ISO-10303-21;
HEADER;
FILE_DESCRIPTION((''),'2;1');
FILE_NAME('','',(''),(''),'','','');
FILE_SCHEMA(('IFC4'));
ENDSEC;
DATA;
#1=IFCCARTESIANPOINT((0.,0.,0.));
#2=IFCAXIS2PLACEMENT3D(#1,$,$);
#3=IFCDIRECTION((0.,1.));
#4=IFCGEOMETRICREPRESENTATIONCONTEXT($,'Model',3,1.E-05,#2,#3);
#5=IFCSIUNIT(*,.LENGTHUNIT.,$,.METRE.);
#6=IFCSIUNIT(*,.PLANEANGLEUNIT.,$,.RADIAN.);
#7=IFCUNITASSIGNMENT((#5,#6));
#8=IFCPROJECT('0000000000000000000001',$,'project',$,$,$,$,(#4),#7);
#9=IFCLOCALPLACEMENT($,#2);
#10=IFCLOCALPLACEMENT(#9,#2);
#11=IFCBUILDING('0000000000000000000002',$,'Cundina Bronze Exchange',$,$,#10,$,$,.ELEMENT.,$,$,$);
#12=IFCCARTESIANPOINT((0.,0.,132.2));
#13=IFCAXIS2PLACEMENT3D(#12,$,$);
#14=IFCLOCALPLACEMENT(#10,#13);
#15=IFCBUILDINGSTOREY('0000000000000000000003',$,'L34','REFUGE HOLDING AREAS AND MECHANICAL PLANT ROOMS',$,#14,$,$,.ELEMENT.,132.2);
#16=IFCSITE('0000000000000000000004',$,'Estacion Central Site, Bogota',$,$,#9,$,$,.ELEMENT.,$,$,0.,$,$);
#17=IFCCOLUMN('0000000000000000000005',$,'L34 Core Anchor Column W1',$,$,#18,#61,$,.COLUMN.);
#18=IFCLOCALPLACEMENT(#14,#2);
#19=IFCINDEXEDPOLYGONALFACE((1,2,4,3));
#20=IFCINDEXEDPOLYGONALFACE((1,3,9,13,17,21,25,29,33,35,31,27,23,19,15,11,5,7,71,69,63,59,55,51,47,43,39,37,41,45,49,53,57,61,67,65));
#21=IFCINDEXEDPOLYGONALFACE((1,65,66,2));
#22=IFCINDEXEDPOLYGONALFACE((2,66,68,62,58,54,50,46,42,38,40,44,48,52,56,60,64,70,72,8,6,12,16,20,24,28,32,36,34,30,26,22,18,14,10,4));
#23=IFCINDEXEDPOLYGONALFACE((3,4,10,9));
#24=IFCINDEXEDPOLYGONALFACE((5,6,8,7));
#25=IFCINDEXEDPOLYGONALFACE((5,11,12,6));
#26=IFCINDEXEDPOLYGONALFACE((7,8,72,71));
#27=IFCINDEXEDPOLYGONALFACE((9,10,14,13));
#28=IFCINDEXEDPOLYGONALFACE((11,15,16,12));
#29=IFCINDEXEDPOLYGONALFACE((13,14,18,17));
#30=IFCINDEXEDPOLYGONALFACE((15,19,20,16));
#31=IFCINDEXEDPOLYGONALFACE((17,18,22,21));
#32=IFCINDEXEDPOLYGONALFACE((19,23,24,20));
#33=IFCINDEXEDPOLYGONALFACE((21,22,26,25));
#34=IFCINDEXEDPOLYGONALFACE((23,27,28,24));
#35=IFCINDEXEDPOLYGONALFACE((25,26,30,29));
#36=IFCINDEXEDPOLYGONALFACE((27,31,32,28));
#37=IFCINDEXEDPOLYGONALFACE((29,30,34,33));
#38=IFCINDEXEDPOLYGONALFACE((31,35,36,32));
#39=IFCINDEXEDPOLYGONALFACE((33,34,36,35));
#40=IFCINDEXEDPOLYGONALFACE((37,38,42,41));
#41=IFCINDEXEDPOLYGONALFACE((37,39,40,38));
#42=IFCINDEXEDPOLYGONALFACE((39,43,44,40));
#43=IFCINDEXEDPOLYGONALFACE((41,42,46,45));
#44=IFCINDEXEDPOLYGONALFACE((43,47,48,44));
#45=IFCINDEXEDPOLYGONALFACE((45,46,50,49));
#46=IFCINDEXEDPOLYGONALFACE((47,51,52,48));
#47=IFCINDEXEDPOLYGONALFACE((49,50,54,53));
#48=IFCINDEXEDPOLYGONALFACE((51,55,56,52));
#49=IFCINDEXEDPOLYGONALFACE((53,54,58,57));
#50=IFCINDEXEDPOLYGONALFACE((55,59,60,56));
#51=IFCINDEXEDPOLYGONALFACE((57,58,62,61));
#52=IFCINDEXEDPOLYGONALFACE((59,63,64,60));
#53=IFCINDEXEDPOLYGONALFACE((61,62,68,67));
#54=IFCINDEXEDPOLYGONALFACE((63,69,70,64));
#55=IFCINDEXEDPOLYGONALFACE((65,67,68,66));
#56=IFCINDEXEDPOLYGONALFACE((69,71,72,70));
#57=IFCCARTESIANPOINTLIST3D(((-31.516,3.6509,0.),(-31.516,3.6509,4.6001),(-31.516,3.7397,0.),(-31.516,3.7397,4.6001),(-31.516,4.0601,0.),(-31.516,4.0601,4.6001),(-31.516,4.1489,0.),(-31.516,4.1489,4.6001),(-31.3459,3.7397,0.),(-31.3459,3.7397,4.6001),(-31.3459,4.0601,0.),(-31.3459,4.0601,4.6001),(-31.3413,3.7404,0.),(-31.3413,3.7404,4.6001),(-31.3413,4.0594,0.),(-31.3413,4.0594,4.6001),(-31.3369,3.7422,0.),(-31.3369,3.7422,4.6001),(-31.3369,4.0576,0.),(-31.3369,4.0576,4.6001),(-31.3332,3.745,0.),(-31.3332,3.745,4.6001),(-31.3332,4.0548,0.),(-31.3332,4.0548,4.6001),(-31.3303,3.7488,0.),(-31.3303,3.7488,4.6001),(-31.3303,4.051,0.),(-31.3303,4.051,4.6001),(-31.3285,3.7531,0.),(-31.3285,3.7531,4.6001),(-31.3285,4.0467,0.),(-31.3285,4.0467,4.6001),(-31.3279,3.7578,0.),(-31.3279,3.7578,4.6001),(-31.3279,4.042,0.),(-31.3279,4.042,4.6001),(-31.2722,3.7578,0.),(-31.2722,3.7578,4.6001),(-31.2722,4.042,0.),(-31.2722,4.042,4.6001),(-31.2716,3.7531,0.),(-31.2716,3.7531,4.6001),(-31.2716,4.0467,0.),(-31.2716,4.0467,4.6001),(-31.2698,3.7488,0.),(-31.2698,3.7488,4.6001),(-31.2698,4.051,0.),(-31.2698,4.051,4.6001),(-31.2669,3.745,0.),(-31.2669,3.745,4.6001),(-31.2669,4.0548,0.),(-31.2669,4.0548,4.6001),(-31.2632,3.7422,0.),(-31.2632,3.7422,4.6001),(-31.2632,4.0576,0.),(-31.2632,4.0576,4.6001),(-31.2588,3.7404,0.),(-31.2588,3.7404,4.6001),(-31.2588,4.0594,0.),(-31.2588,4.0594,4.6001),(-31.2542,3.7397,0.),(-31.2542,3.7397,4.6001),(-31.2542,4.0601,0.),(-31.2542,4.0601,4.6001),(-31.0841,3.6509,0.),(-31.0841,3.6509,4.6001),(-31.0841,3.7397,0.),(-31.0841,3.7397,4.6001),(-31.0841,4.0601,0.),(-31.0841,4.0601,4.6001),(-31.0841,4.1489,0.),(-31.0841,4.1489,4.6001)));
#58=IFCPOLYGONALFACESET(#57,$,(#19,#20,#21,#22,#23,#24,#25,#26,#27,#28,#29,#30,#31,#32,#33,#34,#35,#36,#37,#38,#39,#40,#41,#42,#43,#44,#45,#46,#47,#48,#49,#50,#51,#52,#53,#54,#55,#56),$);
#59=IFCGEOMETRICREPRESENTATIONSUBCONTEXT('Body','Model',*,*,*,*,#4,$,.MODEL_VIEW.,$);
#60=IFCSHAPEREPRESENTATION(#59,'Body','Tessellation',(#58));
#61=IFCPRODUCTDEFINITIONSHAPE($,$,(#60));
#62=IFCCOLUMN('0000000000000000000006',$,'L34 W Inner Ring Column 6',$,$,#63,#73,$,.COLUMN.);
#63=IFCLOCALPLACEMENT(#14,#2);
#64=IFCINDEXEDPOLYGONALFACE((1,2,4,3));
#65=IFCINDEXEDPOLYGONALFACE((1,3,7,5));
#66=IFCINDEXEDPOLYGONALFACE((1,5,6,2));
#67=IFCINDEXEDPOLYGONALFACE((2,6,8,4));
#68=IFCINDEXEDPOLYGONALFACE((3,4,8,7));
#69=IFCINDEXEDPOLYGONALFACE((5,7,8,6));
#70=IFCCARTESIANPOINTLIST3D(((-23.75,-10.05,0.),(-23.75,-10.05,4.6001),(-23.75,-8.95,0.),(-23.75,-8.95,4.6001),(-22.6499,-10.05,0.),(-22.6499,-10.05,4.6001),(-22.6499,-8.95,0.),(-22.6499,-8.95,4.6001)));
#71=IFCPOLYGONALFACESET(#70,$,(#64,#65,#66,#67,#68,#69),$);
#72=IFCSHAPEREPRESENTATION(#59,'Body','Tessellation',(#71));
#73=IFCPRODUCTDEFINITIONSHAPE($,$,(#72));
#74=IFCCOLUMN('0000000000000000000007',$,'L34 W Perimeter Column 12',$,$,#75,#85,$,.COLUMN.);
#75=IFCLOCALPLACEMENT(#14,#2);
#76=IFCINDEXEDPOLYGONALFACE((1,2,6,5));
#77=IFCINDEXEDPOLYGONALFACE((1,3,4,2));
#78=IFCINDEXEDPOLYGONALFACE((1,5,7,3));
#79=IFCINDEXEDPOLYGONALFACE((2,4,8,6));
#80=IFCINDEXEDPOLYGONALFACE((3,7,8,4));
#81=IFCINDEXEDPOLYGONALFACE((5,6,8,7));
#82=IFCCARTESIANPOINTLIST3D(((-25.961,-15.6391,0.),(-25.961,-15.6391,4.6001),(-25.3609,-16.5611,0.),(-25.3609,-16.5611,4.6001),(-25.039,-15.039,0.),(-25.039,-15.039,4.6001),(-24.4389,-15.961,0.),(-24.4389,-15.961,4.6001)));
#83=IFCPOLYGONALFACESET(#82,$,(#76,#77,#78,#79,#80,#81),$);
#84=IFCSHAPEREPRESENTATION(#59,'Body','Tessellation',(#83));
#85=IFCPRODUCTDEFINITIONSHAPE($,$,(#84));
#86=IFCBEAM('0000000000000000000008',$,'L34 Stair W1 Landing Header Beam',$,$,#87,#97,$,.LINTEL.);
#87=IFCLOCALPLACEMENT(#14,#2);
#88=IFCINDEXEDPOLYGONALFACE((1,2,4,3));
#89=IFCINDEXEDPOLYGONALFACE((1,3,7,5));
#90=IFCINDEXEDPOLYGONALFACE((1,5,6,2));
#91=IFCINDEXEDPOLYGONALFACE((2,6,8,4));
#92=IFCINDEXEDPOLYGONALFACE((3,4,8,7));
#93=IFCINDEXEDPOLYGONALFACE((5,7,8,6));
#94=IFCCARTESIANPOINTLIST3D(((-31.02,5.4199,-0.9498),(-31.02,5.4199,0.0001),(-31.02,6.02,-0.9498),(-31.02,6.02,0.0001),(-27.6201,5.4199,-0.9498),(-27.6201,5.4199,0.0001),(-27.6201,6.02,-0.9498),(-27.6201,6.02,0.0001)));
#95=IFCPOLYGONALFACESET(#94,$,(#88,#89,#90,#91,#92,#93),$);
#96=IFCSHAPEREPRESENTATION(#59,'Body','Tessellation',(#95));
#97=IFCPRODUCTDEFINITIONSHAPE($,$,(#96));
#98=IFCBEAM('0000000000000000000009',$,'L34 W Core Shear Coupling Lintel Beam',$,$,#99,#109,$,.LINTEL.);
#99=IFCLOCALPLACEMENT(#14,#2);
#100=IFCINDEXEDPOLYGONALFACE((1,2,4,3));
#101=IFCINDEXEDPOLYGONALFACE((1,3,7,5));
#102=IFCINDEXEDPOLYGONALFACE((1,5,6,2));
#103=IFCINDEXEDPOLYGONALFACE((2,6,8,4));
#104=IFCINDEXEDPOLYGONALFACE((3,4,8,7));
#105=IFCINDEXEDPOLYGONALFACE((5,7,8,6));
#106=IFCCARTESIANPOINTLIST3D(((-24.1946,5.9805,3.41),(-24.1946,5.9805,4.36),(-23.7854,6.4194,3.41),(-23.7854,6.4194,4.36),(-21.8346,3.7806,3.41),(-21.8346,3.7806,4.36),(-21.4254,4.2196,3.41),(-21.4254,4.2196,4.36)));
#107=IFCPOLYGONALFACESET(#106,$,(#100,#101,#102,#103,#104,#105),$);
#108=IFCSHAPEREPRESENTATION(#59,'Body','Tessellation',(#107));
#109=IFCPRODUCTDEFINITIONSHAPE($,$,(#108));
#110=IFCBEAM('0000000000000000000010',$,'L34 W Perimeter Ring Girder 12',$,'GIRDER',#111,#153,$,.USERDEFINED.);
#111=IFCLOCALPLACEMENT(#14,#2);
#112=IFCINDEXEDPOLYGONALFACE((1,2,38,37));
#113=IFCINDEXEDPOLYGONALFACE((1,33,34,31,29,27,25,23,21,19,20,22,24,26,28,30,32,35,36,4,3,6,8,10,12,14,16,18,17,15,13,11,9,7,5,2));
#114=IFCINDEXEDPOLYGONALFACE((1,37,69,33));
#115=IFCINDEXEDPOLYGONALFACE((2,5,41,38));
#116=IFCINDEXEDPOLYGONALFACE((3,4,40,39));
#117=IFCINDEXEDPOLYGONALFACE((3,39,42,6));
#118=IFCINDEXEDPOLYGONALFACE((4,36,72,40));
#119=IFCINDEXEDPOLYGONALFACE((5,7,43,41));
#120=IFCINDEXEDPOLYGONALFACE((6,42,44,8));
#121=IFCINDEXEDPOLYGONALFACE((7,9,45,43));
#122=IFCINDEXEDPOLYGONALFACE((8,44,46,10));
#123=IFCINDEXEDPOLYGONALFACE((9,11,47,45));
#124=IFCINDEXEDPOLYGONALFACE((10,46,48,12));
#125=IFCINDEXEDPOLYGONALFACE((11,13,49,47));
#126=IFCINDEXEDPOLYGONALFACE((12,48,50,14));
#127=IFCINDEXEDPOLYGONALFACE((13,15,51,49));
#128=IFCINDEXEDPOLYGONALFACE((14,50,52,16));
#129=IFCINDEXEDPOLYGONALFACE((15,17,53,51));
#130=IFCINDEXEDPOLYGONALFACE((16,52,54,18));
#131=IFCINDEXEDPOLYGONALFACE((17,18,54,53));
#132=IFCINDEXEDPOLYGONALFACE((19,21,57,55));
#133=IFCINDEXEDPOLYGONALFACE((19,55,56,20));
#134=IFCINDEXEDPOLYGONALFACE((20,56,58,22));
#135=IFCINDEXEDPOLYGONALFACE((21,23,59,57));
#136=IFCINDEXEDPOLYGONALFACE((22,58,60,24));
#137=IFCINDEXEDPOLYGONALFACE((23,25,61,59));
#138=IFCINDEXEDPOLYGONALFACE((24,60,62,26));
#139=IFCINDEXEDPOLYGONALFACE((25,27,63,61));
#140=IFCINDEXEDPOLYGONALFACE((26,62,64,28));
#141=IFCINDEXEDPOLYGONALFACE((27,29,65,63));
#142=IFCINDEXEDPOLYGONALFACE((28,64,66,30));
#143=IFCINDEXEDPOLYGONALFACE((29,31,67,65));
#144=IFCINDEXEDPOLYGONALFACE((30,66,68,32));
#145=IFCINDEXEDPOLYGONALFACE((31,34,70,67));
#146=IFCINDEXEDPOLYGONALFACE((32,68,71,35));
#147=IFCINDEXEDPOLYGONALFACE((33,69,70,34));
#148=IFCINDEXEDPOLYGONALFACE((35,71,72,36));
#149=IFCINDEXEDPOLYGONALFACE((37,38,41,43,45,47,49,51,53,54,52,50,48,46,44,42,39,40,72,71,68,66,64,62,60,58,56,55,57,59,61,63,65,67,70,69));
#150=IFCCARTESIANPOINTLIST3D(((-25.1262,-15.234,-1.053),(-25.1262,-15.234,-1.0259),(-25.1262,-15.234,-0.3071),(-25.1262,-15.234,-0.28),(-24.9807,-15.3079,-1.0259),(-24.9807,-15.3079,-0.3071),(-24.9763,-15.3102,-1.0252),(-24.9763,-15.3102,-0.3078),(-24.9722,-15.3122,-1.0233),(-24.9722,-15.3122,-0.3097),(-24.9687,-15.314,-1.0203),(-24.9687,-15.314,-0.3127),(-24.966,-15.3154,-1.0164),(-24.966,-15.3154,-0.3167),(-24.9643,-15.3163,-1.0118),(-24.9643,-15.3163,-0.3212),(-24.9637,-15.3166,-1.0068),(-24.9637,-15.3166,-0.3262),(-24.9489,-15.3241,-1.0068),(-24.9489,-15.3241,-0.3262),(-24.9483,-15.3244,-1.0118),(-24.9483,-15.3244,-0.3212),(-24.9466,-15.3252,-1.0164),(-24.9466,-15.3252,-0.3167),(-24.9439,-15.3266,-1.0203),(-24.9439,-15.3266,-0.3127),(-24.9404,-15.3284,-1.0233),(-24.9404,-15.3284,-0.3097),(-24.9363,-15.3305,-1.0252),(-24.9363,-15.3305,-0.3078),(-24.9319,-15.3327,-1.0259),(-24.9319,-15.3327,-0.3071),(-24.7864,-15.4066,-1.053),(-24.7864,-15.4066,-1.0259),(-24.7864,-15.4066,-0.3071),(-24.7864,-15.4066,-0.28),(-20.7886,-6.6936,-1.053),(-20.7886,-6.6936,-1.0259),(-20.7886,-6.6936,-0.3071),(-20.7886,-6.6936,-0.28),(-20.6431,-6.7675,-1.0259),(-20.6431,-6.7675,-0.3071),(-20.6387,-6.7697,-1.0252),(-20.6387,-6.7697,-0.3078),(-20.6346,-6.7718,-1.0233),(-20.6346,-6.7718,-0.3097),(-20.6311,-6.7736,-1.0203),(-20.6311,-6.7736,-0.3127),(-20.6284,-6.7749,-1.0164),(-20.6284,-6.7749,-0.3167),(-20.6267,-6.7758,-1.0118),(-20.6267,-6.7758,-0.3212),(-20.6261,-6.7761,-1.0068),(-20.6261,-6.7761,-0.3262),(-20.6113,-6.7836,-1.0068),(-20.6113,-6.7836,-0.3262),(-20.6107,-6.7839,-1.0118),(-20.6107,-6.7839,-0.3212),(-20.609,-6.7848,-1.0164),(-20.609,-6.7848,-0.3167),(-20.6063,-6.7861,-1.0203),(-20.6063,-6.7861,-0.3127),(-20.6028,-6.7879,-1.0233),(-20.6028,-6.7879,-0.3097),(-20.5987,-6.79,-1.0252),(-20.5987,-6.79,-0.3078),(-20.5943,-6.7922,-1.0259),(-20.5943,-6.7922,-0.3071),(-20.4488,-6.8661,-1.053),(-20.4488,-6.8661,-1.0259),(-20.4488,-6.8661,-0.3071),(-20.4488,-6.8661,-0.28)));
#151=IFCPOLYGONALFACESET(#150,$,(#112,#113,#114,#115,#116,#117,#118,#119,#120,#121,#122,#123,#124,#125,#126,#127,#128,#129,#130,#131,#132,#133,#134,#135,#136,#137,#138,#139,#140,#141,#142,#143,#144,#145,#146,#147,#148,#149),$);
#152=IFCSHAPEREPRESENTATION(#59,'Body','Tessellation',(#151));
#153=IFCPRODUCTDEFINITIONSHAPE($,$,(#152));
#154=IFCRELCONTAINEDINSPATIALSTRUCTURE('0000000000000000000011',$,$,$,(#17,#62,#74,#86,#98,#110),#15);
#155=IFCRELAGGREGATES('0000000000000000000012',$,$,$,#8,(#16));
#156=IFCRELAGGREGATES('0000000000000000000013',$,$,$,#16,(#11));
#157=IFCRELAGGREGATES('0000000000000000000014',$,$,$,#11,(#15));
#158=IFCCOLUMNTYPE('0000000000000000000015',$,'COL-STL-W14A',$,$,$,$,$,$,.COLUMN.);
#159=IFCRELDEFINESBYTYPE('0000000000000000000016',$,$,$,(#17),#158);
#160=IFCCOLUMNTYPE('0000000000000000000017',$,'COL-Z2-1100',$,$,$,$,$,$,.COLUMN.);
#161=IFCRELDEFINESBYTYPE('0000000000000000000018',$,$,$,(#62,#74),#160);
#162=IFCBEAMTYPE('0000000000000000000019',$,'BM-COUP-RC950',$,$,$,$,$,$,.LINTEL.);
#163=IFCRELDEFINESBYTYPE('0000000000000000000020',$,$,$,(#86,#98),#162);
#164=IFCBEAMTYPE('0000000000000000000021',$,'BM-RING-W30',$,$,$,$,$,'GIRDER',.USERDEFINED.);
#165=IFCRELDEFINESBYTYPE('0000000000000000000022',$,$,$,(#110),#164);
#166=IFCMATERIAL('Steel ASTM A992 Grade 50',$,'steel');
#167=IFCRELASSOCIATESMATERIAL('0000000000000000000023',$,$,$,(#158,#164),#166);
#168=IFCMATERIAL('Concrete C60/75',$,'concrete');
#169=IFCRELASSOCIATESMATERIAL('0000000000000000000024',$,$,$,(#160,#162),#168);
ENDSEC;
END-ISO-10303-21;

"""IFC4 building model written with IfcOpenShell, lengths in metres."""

from ifc_helpers import new_model, si_unit, direction, frame, origin, origin_2d, place, context, subcontext, project, spatial, rectangle, i_section, extrude, material, material_profile, profile_set, type_object, element, save


model = new_model("IFC4")

# Units and contexts
model_context = context("Model", 3, precision=1e-05, world=origin(), true_north=direction((0.0, 1.0)))
body_context = subcontext(model_context, "Body", "Model", "MODEL_VIEW")
ifc_project = project(units=[si_unit("LENGTHUNIT", "METRE"), si_unit("PLANEANGLEUNIT", "RADIAN")], contexts=[model_context])

# Site, building, storey
site_placement = place(None, origin())
site = spatial("IfcSite", under=ifc_project, at=site_placement, Name="Estacion Central Site, Bogota", CompositionType="ELEMENT", RefElevation=0.0)
building_placement = place(site_placement, origin())
building = spatial("IfcBuilding", under=site, at=building_placement, Name="Cundina Bronze Exchange", CompositionType="ELEMENT")
storey_placement = place(building_placement, frame((0.0, 0.0, 132.2)))
storey = spatial("IfcBuildingStorey", under=building, at=storey_placement, Name="L34", Description="REFUGE HOLDING AREAS AND MECHANICAL PLANT ROOMS", CompositionType="ELEMENT", Elevation=132.2)

# Columns
ifc_material_1 = material(Name="Steel ASTM A992 Grade 50", Category="steel")
ifc_material_profile_1 = material_profile(ifc_material_1, i_section(OverallWidth=0.4319, OverallDepth=0.498, WebThickness=0.0557, FlangeThickness=0.0889, FilletRadius=0.0181, at=origin_2d()), Name="W14X500", Category="steel")
ifc_profile_set_1 = profile_set([ifc_material_profile_1], Name="Steel ASTM A992 Grade 50")
column_type_1 = type_object("IfcColumnType", Name="COL-STL-W14A", PredefinedType="COLUMN", material=ifc_profile_set_1)
column_placement = place(storey_placement, frame((-31.3, 3.8999, 0.0), z_axis=(0.0, 0.0, 1.0), x_axis=(1.0, 0.0, 0.0)))
element("IfcColumn", 1, at=column_placement, inside=storey, type_object=column_type_1, Name="L34 Core Anchor Column W1", PredefinedType="COLUMN", context=body_context, shape_type="SweptSolid", body=[
    extrude(i_section(OverallWidth=0.4319, OverallDepth=0.498, WebThickness=0.0557, FlangeThickness=0.0889, FilletRadius=0.0181, at=origin_2d()), origin(), (0.0, 0.0, 1.0), 4.6001),
])
ifc_material_2 = material(Name="Concrete C60/75", Category="concrete")
ifc_material_profile_2 = material_profile(ifc_material_2, rectangle(XDim=1.1001, YDim=1.1001, at=origin_2d()), Name="RC1100X1100", Category="concrete")
ifc_profile_set_2 = profile_set([ifc_material_profile_2], Name="Concrete C60/75")
column_type_2 = type_object("IfcColumnType", Name="COL-Z2-1100", PredefinedType="COLUMN", material=ifc_profile_set_2)
for number, where, z_axis, x_axis, name in (
    (2, (-23.2, -9.5, 0.0), (0.0, 0.0, 1.0), (1.0, 0.0, 0.0), "L34 W Inner Ring Column 6"),
    (3, (-25.2, -15.8, 0.0), (0.0, 0.0, 1.0), (0.8381, 0.545517, 0.0), "L34 W Perimeter Column 12"),
):
    element("IfcColumn", number, at=place(storey_placement, frame(where, z_axis=z_axis, x_axis=x_axis)), inside=storey, type_object=column_type_2, Name=name, PredefinedType="COLUMN", context=body_context, shape_type="SweptSolid", body=[
        extrude(rectangle(XDim=1.1001, YDim=1.1001, at=origin_2d()), origin(), (0.0, 0.0, 1.0), 4.6001),
    ])

# Beams
ifc_material_profile_3 = material_profile(ifc_material_2, rectangle(XDim=0.6001, YDim=0.95, at=origin_2d()), Name="RC600X950", Category="concrete")
ifc_profile_set_3 = profile_set([ifc_material_profile_3], Name="Concrete C60/75")
beam_type_1 = type_object("IfcBeamType", Name="BM-COUP-RC950", PredefinedType="LINTEL", material=ifc_profile_set_3)
beam_1_placement = place(storey_placement, frame((-31.02, 5.72, -0.4749), z_axis=(1.0, 0.0, 0.0), x_axis=(0.0, 1.0, 0.0)))
element("IfcBeam", 4, at=beam_1_placement, inside=storey, type_object=beam_type_1, Name="L34 Stair W1 Landing Header Beam", PredefinedType="LINTEL", context=body_context, shape_type="SweptSolid", body=[
    extrude(rectangle(XDim=0.6001, YDim=0.95, at=origin_2d()), origin(), (0.0, 0.0, 1.0), 3.3999),
])
beam_2_placement = place(storey_placement, frame((-23.99, 6.2, 3.885), z_axis=(0.73149, -0.681852, 0.0), x_axis=(0.681852, 0.73149, 0.0)))
element("IfcBeam", 5, at=beam_2_placement, inside=storey, type_object=beam_type_1, Name="L34 W Core Shear Coupling Lintel Beam", PredefinedType="LINTEL", context=body_context, shape_type="SweptSolid", body=[
    extrude(rectangle(XDim=0.6001, YDim=0.95, at=origin_2d()), origin(), (0.0, 0.0, 1.0), 3.2263),
])
ifc_material_profile_4 = material_profile(ifc_material_1, i_section(OverallWidth=0.3811, OverallDepth=0.7729, WebThickness=0.0166, FlangeThickness=0.0271, FilletRadius=0.019, at=origin_2d()), Name="W30X173", Category="steel")
ifc_profile_set_4 = profile_set([ifc_material_profile_4], Name="Steel ASTM A992 Grade 50")
beam_type_2 = type_object("IfcBeamType", Name="BM-RING-W30", ElementType="GIRDER", PredefinedType="USERDEFINED", material=ifc_profile_set_4)
beam_3_placement = place(storey_placement, frame((-24.9563, -15.3203, -0.6665), z_axis=(0.452832, 0.891596, 0.0), x_axis=(-0.891596, 0.452832, 0.0)))
element("IfcBeam", 6, at=beam_3_placement, inside=storey, type_object=beam_type_2, Name="L34 W Perimeter Ring Girder 12", ObjectType="GIRDER", PredefinedType="USERDEFINED", context=body_context, shape_type="SweptSolid", body=[
    extrude(i_section(OverallWidth=0.3811, OverallDepth=0.7729, WebThickness=0.0166, FlangeThickness=0.0271, FilletRadius=0.019, at=origin_2d()), origin(), (0.0, 0.0, 1.0), 9.5789),
])

save(model, "model.ifc")
